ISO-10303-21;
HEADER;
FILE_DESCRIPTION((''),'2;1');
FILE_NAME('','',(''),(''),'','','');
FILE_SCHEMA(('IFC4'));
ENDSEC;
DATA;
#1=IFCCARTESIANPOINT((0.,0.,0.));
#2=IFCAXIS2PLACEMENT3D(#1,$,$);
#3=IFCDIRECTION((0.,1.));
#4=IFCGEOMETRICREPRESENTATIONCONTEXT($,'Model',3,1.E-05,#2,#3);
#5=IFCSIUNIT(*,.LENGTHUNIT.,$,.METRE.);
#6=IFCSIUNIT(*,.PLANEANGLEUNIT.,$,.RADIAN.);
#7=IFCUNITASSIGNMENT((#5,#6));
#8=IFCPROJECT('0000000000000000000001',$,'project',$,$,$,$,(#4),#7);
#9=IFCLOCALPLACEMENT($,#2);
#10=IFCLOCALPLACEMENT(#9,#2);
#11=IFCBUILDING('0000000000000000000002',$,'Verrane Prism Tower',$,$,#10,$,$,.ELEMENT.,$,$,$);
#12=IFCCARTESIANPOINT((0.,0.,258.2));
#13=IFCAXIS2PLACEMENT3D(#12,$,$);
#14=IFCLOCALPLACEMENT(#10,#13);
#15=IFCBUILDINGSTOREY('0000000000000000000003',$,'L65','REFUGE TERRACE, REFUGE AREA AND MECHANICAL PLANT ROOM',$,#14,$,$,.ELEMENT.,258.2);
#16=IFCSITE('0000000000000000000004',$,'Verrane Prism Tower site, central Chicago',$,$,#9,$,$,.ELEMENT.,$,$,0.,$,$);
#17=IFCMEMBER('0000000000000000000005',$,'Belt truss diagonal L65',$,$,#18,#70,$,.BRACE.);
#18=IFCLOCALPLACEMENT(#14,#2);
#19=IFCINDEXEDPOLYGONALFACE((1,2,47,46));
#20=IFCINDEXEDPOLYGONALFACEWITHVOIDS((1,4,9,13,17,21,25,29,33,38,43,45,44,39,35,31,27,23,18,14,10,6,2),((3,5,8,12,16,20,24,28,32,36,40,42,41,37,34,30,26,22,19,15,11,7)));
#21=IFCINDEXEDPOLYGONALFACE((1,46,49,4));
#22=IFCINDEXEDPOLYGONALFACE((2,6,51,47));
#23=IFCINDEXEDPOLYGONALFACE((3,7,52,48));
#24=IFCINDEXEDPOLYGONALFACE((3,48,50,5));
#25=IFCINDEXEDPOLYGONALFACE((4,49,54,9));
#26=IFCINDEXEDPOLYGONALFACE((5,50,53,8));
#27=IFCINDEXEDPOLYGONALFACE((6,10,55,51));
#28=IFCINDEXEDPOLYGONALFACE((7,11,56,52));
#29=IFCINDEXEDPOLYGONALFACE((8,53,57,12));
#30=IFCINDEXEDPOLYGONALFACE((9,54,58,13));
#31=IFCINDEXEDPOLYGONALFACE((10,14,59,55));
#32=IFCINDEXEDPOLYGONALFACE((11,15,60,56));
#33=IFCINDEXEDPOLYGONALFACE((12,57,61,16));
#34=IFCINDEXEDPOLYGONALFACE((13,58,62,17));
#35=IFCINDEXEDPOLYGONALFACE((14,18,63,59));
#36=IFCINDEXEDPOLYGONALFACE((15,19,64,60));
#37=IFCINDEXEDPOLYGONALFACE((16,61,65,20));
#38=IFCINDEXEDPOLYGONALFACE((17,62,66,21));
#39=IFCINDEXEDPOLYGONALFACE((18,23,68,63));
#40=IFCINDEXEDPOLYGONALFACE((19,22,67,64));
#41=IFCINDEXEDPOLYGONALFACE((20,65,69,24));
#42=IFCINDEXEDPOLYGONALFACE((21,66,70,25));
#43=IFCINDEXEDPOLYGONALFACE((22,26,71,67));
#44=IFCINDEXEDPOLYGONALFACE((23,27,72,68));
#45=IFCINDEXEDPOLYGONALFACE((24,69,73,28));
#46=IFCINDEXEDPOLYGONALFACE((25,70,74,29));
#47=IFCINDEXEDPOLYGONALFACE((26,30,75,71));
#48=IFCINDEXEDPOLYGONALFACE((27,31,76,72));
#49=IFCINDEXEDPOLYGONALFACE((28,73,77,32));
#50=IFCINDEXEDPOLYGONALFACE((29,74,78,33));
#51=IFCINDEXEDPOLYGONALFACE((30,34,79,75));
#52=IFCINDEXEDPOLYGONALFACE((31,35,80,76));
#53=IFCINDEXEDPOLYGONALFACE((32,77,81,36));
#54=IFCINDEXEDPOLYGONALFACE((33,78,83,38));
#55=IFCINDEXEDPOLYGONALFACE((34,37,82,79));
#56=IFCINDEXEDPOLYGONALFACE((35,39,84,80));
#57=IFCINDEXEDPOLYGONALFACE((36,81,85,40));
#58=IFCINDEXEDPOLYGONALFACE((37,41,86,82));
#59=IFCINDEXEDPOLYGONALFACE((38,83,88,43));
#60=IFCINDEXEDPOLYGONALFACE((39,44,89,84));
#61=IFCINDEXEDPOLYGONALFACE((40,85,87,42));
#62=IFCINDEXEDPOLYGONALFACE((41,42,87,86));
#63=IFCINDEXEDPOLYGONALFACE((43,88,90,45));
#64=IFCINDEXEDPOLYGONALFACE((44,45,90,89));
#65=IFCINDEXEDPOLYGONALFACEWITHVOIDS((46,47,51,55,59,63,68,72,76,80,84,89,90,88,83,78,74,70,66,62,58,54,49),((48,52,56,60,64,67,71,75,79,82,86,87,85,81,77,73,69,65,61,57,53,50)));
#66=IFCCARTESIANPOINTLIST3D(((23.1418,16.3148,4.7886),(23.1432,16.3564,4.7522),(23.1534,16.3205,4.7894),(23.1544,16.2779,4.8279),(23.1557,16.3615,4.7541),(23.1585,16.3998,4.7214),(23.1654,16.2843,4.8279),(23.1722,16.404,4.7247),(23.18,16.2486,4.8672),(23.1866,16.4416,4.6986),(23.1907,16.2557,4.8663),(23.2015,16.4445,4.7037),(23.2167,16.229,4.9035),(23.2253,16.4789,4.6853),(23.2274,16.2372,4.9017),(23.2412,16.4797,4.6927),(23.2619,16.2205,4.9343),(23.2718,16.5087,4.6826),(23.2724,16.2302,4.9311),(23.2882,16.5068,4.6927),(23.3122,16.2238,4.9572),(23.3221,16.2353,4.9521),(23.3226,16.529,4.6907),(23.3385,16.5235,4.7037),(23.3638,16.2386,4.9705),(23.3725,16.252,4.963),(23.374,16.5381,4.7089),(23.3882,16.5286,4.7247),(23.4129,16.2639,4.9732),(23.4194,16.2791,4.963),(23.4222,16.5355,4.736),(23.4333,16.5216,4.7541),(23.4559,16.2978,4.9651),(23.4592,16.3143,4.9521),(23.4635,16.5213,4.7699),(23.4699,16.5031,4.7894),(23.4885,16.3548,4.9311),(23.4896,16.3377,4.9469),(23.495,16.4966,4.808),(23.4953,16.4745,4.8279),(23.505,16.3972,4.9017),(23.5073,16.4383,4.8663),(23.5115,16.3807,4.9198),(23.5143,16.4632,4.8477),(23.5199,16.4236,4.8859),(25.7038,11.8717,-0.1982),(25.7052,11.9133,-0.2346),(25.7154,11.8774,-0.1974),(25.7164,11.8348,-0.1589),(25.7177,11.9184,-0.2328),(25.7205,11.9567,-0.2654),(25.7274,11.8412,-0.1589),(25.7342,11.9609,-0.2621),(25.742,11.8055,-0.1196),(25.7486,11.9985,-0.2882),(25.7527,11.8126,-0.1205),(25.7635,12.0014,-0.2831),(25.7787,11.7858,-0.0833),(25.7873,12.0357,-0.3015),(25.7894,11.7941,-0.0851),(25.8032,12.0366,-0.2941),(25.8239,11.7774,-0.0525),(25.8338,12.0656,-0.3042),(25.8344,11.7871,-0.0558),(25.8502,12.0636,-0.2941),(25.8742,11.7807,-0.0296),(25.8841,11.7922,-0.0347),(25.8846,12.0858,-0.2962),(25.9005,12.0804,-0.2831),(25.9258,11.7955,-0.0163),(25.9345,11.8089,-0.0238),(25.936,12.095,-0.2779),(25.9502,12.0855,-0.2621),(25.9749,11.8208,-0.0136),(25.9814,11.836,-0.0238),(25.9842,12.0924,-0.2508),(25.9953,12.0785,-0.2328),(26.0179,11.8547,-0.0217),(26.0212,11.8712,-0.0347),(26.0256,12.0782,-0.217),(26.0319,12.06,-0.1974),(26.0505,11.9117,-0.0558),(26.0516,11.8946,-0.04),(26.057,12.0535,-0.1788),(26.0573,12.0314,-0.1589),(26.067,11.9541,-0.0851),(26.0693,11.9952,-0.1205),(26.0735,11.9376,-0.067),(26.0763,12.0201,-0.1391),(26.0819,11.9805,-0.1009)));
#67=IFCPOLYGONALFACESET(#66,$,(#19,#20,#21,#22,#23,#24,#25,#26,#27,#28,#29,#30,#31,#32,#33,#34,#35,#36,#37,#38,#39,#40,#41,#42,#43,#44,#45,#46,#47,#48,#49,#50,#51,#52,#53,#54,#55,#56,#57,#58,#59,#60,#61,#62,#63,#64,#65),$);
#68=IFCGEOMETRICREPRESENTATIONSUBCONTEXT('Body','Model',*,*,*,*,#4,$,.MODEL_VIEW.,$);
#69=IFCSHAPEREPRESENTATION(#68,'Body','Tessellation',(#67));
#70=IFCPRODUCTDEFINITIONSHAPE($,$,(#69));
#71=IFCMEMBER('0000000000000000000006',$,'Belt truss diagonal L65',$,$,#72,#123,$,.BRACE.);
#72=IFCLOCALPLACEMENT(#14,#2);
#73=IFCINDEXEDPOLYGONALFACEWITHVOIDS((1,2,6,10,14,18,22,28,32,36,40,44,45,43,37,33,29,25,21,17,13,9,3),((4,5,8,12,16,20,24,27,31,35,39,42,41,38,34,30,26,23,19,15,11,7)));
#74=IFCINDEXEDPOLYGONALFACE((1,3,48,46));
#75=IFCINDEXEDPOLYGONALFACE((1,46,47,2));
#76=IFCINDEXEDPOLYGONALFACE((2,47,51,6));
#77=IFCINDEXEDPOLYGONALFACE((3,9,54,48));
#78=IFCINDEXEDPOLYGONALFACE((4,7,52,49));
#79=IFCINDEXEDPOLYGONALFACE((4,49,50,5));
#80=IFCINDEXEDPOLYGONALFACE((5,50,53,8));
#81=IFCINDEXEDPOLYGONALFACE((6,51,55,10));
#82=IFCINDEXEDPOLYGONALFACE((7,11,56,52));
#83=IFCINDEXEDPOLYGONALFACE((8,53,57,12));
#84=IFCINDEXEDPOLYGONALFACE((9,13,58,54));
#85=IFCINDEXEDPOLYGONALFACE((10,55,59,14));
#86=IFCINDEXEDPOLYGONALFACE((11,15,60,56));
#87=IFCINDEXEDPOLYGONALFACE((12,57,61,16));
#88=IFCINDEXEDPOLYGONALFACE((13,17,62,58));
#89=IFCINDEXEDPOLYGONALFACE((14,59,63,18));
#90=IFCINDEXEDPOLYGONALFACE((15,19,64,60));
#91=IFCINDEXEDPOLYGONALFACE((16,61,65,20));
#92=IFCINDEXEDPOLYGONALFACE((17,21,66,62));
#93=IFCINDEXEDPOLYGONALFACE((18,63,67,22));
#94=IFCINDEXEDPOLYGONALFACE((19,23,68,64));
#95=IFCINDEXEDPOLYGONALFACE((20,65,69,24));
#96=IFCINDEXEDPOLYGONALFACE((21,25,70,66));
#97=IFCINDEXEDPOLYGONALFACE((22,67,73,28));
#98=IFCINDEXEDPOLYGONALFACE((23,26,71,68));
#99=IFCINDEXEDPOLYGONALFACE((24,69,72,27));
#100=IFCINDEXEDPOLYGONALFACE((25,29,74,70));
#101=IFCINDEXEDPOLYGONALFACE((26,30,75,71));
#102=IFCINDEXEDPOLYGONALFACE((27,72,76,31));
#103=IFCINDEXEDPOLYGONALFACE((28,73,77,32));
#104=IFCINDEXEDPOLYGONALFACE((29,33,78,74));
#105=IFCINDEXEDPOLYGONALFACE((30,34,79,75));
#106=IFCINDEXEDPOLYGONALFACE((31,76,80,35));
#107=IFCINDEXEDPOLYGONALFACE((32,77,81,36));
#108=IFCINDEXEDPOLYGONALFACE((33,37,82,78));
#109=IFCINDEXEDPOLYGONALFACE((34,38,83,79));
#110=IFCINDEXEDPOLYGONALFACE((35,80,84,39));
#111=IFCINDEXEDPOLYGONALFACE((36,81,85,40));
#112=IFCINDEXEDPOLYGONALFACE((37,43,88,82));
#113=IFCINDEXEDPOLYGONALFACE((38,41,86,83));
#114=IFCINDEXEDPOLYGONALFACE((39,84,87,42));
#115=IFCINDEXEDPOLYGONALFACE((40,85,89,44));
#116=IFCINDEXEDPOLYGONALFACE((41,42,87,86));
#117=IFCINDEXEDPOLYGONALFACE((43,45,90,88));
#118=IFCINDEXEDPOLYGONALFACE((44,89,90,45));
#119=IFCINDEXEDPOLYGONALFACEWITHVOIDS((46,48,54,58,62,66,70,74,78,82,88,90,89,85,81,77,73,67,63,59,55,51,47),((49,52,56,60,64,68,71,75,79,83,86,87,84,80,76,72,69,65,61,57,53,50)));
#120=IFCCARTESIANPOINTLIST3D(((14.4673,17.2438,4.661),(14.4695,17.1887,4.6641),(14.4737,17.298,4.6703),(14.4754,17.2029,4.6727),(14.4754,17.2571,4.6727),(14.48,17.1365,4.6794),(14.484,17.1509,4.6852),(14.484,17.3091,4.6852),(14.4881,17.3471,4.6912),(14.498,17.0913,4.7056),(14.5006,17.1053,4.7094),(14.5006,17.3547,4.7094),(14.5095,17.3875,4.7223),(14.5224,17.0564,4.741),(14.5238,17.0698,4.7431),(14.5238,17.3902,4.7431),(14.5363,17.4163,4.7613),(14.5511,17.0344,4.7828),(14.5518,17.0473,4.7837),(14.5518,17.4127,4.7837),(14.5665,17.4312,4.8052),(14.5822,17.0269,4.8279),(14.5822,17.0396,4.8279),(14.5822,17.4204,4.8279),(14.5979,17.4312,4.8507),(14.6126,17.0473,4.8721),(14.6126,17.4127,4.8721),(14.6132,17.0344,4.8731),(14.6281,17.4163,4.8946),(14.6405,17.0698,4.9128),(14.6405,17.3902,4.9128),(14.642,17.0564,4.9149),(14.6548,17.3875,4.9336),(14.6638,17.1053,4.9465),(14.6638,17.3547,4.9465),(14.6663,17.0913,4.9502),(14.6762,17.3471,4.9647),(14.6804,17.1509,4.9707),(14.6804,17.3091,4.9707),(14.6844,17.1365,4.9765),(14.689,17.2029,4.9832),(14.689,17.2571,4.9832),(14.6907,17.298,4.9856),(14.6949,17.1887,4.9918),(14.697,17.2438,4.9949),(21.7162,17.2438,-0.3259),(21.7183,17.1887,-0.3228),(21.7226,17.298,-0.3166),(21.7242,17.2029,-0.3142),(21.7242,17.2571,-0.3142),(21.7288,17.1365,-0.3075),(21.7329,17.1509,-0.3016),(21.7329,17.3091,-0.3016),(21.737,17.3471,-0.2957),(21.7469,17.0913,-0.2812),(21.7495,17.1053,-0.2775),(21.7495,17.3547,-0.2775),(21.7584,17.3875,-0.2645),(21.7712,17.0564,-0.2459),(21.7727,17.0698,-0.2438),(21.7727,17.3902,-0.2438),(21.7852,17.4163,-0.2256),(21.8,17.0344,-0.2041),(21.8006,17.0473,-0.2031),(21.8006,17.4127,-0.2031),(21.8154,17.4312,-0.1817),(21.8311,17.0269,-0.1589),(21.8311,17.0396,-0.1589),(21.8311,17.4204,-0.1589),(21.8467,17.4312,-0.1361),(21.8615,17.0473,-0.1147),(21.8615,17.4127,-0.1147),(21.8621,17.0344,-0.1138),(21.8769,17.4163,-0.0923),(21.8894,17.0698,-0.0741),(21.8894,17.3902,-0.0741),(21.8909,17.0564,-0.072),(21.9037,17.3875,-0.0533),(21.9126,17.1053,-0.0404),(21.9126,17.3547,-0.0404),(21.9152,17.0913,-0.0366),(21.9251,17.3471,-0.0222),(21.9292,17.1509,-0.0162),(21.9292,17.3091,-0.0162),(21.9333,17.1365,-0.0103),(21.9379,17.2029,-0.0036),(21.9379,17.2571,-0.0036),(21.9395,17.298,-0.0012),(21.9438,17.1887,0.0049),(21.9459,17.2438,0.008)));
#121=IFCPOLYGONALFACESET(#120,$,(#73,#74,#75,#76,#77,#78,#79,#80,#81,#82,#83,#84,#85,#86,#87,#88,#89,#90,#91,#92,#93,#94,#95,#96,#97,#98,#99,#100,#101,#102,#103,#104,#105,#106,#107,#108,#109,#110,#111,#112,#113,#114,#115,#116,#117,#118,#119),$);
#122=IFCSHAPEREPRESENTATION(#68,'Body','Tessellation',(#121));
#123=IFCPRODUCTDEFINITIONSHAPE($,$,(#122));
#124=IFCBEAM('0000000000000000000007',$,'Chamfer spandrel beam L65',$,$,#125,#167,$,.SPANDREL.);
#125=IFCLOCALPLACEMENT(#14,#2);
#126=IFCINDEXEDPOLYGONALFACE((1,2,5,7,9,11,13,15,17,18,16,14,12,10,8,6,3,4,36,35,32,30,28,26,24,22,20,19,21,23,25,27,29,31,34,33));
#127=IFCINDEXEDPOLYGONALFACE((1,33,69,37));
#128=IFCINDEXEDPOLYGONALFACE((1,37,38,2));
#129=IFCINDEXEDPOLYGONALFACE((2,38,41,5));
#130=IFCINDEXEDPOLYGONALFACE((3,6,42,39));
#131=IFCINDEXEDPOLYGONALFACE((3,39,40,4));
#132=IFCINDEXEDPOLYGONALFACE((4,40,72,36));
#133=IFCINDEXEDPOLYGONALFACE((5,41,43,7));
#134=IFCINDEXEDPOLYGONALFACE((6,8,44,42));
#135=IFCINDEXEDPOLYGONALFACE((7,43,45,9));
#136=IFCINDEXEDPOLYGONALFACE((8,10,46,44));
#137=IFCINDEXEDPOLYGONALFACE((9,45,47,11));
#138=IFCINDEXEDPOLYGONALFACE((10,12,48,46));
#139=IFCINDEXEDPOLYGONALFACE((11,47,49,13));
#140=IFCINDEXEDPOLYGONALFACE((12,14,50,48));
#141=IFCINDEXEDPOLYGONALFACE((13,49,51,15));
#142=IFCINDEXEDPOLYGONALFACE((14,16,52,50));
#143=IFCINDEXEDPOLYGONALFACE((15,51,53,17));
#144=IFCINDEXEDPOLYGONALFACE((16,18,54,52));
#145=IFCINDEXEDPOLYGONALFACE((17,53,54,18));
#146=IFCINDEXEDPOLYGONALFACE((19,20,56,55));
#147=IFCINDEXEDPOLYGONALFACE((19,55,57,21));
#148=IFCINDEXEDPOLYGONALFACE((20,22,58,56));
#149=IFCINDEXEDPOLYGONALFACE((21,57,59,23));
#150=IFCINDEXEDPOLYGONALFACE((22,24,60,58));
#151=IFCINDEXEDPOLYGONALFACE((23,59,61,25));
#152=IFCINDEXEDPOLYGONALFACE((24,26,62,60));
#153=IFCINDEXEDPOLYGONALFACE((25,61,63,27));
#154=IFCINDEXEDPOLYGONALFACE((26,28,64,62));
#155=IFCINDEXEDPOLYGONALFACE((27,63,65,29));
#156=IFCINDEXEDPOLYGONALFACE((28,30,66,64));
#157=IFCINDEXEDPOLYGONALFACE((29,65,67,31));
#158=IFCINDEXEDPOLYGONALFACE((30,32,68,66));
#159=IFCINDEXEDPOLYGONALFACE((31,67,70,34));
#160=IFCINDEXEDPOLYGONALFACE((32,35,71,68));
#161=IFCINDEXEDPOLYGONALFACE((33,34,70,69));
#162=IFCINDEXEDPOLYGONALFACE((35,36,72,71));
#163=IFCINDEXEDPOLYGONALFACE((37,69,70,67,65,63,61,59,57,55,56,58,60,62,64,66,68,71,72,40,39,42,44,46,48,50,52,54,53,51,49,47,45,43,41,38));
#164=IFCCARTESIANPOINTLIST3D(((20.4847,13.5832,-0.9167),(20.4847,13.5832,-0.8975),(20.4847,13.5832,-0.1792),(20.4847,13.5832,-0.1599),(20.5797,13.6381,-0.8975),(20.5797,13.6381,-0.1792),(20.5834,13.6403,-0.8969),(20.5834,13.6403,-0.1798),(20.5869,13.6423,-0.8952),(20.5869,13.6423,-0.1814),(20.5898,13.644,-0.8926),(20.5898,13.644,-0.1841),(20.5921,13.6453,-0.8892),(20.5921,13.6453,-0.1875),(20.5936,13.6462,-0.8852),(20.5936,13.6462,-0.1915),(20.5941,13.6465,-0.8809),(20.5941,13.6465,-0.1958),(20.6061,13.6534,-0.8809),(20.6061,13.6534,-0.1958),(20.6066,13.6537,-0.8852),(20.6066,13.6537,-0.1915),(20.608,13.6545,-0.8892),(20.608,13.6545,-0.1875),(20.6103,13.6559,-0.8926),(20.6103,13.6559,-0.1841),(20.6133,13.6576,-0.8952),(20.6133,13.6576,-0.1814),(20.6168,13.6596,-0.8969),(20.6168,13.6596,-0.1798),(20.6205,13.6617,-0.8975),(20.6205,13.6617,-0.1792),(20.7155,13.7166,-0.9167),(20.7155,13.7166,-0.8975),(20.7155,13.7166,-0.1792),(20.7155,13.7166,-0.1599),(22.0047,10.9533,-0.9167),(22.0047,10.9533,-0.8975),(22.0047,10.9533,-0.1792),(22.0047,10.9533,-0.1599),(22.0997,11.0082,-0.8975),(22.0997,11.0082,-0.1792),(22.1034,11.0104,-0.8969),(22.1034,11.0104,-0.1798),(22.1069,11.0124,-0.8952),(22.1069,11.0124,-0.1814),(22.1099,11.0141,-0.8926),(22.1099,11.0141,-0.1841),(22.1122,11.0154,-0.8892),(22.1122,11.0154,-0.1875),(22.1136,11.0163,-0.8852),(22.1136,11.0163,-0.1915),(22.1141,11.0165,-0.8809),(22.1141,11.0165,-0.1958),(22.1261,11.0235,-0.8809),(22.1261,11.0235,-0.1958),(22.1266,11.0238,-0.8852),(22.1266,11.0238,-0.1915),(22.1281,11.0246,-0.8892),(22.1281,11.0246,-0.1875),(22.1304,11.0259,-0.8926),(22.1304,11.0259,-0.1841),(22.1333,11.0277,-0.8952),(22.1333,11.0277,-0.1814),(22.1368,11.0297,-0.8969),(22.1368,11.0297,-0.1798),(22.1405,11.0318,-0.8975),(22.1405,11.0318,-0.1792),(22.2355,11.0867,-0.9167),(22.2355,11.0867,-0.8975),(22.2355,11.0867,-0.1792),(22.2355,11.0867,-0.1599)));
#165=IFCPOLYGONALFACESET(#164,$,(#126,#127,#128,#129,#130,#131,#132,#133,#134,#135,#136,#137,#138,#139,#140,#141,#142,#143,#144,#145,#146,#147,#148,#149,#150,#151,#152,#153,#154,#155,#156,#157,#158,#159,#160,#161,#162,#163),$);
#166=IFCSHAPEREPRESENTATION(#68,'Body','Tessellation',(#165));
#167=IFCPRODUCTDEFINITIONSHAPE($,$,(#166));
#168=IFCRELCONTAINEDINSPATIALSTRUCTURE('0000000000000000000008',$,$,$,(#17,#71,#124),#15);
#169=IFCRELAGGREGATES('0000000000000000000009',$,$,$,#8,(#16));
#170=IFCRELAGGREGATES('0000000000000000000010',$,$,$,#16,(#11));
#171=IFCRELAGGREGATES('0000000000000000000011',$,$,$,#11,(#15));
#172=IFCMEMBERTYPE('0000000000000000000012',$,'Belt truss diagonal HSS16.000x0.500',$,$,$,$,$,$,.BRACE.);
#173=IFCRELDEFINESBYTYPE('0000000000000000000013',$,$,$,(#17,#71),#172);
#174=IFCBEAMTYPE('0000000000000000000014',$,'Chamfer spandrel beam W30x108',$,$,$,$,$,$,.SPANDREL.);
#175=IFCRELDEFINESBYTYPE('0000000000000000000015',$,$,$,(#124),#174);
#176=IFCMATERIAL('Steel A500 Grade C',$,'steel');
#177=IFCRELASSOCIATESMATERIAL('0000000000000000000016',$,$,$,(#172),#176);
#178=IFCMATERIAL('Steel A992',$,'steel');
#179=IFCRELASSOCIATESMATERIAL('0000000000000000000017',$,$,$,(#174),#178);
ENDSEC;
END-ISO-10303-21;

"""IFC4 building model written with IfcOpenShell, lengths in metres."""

from ifc_helpers import new_model, si_unit, direction, frame, origin, origin_2d, place, context, subcontext, project, spatial, hollow_circle, i_section, extrude, material, material_profile, profile_set, type_object, element, save


model = new_model("IFC4")

# Units and contexts
model_context = context("Model", 3, precision=1e-05, world=origin(), true_north=direction((0.0, 1.0)))
body_context = subcontext(model_context, "Body", "Model", "MODEL_VIEW")
ifc_project = project(units=[si_unit("LENGTHUNIT", "METRE"), si_unit("PLANEANGLEUNIT", "RADIAN")], contexts=[model_context])

# Site, building, storey
site_placement = place(None, origin())
site = spatial("IfcSite", under=ifc_project, at=site_placement, Name="Verrane Prism Tower site, central Chicago", CompositionType="ELEMENT", RefElevation=0.0)
building_placement = place(site_placement, origin())
building = spatial("IfcBuilding", under=site, at=building_placement, Name="Verrane Prism Tower", CompositionType="ELEMENT")
storey_placement = place(building_placement, frame((0.0, 0.0, 258.2)))
storey = spatial("IfcBuildingStorey", under=building, at=storey_placement, Name="L65", Description="REFUGE TERRACE, REFUGE AREA AND MECHANICAL PLANT ROOM", CompositionType="ELEMENT", Elevation=258.2)

# Members
ifc_material_1 = material(Name="Steel A500 Grade C", Category="steel")
ifc_material_profile_1 = material_profile(ifc_material_1, hollow_circle(Radius=0.2031, WallThickness=0.0127, at=origin_2d()), Name="HSS16.000x0.500")
ifc_profile_set_1 = profile_set([ifc_material_profile_1], Name="Steel A500 Grade C")
member_type_1 = type_object("IfcMemberType", Name="Belt truss diagonal HSS16.000x0.500", PredefinedType="BRACE", material=ifc_profile_set_1)
member_1_placement = place(storey_placement, frame((25.8923, 11.9363, -0.1589), z_axis=(-0.358145, 0.621105, 0.697109), x_axis=(-0.866297, -0.499529, 0.0)))
element("IfcMember", 1, at=member_1_placement, inside=storey, type_object=member_type_1, Name="Belt truss diagonal L65", PredefinedType="BRACE", context=body_context, shape_type="SweptSolid", body=[
    extrude(hollow_circle(Radius=0.2031, WallThickness=0.0127, at=origin_2d()), origin(), (0.0, 0.0, 1.0), 7.1536),
])
member_2_placement = place(storey_placement, frame((21.8311, 17.23, -0.1589), z_axis=(-0.823868, 0.0, 0.566782), x_axis=(0.0, -1.0, 0.0)))
element("IfcMember", 2, at=member_2_placement, inside=storey, type_object=member_type_1, Name="Belt truss diagonal L65", PredefinedType="BRACE", context=body_context, shape_type="SweptSolid", body=[
    extrude(hollow_circle(Radius=0.2031, WallThickness=0.0127, at=origin_2d()), origin(), (0.0, 0.0, 1.0), 8.7986),
])

# Beam
ifc_material_2 = material(Name="Steel A992", Category="steel")
ifc_material_profile_2 = material_profile(ifc_material_2, i_section(OverallWidth=0.2666, OverallDepth=0.7568, WebThickness=0.0139, FlangeThickness=0.0193, FilletRadius=0.0166, at=origin_2d()), Name="W30x108")
ifc_profile_set_2 = profile_set([ifc_material_profile_2], Name="Steel A992")
beam_type_1 = type_object("IfcBeamType", Name="Chamfer spandrel beam W30x108", PredefinedType="SPANDREL", material=ifc_profile_set_2)
beam_1_placement = place(storey_placement, frame((22.1201, 11.02, -0.5383), z_axis=(-0.500409, 0.865789, 0.0), x_axis=(-0.865789, -0.500409, 0.0)))
element("IfcBeam", 3, at=beam_1_placement, inside=storey, type_object=beam_type_1, Name="Chamfer spandrel beam L65", PredefinedType="SPANDREL", context=body_context, shape_type="SweptSolid", body=[
    extrude(i_section(OverallWidth=0.2666, OverallDepth=0.7568, WebThickness=0.0139, FlangeThickness=0.0193, FilletRadius=0.0166, at=origin_2d()), origin(), (0.0, 0.0, 1.0), 3.0376),
])

save(model, "model.ifc")
